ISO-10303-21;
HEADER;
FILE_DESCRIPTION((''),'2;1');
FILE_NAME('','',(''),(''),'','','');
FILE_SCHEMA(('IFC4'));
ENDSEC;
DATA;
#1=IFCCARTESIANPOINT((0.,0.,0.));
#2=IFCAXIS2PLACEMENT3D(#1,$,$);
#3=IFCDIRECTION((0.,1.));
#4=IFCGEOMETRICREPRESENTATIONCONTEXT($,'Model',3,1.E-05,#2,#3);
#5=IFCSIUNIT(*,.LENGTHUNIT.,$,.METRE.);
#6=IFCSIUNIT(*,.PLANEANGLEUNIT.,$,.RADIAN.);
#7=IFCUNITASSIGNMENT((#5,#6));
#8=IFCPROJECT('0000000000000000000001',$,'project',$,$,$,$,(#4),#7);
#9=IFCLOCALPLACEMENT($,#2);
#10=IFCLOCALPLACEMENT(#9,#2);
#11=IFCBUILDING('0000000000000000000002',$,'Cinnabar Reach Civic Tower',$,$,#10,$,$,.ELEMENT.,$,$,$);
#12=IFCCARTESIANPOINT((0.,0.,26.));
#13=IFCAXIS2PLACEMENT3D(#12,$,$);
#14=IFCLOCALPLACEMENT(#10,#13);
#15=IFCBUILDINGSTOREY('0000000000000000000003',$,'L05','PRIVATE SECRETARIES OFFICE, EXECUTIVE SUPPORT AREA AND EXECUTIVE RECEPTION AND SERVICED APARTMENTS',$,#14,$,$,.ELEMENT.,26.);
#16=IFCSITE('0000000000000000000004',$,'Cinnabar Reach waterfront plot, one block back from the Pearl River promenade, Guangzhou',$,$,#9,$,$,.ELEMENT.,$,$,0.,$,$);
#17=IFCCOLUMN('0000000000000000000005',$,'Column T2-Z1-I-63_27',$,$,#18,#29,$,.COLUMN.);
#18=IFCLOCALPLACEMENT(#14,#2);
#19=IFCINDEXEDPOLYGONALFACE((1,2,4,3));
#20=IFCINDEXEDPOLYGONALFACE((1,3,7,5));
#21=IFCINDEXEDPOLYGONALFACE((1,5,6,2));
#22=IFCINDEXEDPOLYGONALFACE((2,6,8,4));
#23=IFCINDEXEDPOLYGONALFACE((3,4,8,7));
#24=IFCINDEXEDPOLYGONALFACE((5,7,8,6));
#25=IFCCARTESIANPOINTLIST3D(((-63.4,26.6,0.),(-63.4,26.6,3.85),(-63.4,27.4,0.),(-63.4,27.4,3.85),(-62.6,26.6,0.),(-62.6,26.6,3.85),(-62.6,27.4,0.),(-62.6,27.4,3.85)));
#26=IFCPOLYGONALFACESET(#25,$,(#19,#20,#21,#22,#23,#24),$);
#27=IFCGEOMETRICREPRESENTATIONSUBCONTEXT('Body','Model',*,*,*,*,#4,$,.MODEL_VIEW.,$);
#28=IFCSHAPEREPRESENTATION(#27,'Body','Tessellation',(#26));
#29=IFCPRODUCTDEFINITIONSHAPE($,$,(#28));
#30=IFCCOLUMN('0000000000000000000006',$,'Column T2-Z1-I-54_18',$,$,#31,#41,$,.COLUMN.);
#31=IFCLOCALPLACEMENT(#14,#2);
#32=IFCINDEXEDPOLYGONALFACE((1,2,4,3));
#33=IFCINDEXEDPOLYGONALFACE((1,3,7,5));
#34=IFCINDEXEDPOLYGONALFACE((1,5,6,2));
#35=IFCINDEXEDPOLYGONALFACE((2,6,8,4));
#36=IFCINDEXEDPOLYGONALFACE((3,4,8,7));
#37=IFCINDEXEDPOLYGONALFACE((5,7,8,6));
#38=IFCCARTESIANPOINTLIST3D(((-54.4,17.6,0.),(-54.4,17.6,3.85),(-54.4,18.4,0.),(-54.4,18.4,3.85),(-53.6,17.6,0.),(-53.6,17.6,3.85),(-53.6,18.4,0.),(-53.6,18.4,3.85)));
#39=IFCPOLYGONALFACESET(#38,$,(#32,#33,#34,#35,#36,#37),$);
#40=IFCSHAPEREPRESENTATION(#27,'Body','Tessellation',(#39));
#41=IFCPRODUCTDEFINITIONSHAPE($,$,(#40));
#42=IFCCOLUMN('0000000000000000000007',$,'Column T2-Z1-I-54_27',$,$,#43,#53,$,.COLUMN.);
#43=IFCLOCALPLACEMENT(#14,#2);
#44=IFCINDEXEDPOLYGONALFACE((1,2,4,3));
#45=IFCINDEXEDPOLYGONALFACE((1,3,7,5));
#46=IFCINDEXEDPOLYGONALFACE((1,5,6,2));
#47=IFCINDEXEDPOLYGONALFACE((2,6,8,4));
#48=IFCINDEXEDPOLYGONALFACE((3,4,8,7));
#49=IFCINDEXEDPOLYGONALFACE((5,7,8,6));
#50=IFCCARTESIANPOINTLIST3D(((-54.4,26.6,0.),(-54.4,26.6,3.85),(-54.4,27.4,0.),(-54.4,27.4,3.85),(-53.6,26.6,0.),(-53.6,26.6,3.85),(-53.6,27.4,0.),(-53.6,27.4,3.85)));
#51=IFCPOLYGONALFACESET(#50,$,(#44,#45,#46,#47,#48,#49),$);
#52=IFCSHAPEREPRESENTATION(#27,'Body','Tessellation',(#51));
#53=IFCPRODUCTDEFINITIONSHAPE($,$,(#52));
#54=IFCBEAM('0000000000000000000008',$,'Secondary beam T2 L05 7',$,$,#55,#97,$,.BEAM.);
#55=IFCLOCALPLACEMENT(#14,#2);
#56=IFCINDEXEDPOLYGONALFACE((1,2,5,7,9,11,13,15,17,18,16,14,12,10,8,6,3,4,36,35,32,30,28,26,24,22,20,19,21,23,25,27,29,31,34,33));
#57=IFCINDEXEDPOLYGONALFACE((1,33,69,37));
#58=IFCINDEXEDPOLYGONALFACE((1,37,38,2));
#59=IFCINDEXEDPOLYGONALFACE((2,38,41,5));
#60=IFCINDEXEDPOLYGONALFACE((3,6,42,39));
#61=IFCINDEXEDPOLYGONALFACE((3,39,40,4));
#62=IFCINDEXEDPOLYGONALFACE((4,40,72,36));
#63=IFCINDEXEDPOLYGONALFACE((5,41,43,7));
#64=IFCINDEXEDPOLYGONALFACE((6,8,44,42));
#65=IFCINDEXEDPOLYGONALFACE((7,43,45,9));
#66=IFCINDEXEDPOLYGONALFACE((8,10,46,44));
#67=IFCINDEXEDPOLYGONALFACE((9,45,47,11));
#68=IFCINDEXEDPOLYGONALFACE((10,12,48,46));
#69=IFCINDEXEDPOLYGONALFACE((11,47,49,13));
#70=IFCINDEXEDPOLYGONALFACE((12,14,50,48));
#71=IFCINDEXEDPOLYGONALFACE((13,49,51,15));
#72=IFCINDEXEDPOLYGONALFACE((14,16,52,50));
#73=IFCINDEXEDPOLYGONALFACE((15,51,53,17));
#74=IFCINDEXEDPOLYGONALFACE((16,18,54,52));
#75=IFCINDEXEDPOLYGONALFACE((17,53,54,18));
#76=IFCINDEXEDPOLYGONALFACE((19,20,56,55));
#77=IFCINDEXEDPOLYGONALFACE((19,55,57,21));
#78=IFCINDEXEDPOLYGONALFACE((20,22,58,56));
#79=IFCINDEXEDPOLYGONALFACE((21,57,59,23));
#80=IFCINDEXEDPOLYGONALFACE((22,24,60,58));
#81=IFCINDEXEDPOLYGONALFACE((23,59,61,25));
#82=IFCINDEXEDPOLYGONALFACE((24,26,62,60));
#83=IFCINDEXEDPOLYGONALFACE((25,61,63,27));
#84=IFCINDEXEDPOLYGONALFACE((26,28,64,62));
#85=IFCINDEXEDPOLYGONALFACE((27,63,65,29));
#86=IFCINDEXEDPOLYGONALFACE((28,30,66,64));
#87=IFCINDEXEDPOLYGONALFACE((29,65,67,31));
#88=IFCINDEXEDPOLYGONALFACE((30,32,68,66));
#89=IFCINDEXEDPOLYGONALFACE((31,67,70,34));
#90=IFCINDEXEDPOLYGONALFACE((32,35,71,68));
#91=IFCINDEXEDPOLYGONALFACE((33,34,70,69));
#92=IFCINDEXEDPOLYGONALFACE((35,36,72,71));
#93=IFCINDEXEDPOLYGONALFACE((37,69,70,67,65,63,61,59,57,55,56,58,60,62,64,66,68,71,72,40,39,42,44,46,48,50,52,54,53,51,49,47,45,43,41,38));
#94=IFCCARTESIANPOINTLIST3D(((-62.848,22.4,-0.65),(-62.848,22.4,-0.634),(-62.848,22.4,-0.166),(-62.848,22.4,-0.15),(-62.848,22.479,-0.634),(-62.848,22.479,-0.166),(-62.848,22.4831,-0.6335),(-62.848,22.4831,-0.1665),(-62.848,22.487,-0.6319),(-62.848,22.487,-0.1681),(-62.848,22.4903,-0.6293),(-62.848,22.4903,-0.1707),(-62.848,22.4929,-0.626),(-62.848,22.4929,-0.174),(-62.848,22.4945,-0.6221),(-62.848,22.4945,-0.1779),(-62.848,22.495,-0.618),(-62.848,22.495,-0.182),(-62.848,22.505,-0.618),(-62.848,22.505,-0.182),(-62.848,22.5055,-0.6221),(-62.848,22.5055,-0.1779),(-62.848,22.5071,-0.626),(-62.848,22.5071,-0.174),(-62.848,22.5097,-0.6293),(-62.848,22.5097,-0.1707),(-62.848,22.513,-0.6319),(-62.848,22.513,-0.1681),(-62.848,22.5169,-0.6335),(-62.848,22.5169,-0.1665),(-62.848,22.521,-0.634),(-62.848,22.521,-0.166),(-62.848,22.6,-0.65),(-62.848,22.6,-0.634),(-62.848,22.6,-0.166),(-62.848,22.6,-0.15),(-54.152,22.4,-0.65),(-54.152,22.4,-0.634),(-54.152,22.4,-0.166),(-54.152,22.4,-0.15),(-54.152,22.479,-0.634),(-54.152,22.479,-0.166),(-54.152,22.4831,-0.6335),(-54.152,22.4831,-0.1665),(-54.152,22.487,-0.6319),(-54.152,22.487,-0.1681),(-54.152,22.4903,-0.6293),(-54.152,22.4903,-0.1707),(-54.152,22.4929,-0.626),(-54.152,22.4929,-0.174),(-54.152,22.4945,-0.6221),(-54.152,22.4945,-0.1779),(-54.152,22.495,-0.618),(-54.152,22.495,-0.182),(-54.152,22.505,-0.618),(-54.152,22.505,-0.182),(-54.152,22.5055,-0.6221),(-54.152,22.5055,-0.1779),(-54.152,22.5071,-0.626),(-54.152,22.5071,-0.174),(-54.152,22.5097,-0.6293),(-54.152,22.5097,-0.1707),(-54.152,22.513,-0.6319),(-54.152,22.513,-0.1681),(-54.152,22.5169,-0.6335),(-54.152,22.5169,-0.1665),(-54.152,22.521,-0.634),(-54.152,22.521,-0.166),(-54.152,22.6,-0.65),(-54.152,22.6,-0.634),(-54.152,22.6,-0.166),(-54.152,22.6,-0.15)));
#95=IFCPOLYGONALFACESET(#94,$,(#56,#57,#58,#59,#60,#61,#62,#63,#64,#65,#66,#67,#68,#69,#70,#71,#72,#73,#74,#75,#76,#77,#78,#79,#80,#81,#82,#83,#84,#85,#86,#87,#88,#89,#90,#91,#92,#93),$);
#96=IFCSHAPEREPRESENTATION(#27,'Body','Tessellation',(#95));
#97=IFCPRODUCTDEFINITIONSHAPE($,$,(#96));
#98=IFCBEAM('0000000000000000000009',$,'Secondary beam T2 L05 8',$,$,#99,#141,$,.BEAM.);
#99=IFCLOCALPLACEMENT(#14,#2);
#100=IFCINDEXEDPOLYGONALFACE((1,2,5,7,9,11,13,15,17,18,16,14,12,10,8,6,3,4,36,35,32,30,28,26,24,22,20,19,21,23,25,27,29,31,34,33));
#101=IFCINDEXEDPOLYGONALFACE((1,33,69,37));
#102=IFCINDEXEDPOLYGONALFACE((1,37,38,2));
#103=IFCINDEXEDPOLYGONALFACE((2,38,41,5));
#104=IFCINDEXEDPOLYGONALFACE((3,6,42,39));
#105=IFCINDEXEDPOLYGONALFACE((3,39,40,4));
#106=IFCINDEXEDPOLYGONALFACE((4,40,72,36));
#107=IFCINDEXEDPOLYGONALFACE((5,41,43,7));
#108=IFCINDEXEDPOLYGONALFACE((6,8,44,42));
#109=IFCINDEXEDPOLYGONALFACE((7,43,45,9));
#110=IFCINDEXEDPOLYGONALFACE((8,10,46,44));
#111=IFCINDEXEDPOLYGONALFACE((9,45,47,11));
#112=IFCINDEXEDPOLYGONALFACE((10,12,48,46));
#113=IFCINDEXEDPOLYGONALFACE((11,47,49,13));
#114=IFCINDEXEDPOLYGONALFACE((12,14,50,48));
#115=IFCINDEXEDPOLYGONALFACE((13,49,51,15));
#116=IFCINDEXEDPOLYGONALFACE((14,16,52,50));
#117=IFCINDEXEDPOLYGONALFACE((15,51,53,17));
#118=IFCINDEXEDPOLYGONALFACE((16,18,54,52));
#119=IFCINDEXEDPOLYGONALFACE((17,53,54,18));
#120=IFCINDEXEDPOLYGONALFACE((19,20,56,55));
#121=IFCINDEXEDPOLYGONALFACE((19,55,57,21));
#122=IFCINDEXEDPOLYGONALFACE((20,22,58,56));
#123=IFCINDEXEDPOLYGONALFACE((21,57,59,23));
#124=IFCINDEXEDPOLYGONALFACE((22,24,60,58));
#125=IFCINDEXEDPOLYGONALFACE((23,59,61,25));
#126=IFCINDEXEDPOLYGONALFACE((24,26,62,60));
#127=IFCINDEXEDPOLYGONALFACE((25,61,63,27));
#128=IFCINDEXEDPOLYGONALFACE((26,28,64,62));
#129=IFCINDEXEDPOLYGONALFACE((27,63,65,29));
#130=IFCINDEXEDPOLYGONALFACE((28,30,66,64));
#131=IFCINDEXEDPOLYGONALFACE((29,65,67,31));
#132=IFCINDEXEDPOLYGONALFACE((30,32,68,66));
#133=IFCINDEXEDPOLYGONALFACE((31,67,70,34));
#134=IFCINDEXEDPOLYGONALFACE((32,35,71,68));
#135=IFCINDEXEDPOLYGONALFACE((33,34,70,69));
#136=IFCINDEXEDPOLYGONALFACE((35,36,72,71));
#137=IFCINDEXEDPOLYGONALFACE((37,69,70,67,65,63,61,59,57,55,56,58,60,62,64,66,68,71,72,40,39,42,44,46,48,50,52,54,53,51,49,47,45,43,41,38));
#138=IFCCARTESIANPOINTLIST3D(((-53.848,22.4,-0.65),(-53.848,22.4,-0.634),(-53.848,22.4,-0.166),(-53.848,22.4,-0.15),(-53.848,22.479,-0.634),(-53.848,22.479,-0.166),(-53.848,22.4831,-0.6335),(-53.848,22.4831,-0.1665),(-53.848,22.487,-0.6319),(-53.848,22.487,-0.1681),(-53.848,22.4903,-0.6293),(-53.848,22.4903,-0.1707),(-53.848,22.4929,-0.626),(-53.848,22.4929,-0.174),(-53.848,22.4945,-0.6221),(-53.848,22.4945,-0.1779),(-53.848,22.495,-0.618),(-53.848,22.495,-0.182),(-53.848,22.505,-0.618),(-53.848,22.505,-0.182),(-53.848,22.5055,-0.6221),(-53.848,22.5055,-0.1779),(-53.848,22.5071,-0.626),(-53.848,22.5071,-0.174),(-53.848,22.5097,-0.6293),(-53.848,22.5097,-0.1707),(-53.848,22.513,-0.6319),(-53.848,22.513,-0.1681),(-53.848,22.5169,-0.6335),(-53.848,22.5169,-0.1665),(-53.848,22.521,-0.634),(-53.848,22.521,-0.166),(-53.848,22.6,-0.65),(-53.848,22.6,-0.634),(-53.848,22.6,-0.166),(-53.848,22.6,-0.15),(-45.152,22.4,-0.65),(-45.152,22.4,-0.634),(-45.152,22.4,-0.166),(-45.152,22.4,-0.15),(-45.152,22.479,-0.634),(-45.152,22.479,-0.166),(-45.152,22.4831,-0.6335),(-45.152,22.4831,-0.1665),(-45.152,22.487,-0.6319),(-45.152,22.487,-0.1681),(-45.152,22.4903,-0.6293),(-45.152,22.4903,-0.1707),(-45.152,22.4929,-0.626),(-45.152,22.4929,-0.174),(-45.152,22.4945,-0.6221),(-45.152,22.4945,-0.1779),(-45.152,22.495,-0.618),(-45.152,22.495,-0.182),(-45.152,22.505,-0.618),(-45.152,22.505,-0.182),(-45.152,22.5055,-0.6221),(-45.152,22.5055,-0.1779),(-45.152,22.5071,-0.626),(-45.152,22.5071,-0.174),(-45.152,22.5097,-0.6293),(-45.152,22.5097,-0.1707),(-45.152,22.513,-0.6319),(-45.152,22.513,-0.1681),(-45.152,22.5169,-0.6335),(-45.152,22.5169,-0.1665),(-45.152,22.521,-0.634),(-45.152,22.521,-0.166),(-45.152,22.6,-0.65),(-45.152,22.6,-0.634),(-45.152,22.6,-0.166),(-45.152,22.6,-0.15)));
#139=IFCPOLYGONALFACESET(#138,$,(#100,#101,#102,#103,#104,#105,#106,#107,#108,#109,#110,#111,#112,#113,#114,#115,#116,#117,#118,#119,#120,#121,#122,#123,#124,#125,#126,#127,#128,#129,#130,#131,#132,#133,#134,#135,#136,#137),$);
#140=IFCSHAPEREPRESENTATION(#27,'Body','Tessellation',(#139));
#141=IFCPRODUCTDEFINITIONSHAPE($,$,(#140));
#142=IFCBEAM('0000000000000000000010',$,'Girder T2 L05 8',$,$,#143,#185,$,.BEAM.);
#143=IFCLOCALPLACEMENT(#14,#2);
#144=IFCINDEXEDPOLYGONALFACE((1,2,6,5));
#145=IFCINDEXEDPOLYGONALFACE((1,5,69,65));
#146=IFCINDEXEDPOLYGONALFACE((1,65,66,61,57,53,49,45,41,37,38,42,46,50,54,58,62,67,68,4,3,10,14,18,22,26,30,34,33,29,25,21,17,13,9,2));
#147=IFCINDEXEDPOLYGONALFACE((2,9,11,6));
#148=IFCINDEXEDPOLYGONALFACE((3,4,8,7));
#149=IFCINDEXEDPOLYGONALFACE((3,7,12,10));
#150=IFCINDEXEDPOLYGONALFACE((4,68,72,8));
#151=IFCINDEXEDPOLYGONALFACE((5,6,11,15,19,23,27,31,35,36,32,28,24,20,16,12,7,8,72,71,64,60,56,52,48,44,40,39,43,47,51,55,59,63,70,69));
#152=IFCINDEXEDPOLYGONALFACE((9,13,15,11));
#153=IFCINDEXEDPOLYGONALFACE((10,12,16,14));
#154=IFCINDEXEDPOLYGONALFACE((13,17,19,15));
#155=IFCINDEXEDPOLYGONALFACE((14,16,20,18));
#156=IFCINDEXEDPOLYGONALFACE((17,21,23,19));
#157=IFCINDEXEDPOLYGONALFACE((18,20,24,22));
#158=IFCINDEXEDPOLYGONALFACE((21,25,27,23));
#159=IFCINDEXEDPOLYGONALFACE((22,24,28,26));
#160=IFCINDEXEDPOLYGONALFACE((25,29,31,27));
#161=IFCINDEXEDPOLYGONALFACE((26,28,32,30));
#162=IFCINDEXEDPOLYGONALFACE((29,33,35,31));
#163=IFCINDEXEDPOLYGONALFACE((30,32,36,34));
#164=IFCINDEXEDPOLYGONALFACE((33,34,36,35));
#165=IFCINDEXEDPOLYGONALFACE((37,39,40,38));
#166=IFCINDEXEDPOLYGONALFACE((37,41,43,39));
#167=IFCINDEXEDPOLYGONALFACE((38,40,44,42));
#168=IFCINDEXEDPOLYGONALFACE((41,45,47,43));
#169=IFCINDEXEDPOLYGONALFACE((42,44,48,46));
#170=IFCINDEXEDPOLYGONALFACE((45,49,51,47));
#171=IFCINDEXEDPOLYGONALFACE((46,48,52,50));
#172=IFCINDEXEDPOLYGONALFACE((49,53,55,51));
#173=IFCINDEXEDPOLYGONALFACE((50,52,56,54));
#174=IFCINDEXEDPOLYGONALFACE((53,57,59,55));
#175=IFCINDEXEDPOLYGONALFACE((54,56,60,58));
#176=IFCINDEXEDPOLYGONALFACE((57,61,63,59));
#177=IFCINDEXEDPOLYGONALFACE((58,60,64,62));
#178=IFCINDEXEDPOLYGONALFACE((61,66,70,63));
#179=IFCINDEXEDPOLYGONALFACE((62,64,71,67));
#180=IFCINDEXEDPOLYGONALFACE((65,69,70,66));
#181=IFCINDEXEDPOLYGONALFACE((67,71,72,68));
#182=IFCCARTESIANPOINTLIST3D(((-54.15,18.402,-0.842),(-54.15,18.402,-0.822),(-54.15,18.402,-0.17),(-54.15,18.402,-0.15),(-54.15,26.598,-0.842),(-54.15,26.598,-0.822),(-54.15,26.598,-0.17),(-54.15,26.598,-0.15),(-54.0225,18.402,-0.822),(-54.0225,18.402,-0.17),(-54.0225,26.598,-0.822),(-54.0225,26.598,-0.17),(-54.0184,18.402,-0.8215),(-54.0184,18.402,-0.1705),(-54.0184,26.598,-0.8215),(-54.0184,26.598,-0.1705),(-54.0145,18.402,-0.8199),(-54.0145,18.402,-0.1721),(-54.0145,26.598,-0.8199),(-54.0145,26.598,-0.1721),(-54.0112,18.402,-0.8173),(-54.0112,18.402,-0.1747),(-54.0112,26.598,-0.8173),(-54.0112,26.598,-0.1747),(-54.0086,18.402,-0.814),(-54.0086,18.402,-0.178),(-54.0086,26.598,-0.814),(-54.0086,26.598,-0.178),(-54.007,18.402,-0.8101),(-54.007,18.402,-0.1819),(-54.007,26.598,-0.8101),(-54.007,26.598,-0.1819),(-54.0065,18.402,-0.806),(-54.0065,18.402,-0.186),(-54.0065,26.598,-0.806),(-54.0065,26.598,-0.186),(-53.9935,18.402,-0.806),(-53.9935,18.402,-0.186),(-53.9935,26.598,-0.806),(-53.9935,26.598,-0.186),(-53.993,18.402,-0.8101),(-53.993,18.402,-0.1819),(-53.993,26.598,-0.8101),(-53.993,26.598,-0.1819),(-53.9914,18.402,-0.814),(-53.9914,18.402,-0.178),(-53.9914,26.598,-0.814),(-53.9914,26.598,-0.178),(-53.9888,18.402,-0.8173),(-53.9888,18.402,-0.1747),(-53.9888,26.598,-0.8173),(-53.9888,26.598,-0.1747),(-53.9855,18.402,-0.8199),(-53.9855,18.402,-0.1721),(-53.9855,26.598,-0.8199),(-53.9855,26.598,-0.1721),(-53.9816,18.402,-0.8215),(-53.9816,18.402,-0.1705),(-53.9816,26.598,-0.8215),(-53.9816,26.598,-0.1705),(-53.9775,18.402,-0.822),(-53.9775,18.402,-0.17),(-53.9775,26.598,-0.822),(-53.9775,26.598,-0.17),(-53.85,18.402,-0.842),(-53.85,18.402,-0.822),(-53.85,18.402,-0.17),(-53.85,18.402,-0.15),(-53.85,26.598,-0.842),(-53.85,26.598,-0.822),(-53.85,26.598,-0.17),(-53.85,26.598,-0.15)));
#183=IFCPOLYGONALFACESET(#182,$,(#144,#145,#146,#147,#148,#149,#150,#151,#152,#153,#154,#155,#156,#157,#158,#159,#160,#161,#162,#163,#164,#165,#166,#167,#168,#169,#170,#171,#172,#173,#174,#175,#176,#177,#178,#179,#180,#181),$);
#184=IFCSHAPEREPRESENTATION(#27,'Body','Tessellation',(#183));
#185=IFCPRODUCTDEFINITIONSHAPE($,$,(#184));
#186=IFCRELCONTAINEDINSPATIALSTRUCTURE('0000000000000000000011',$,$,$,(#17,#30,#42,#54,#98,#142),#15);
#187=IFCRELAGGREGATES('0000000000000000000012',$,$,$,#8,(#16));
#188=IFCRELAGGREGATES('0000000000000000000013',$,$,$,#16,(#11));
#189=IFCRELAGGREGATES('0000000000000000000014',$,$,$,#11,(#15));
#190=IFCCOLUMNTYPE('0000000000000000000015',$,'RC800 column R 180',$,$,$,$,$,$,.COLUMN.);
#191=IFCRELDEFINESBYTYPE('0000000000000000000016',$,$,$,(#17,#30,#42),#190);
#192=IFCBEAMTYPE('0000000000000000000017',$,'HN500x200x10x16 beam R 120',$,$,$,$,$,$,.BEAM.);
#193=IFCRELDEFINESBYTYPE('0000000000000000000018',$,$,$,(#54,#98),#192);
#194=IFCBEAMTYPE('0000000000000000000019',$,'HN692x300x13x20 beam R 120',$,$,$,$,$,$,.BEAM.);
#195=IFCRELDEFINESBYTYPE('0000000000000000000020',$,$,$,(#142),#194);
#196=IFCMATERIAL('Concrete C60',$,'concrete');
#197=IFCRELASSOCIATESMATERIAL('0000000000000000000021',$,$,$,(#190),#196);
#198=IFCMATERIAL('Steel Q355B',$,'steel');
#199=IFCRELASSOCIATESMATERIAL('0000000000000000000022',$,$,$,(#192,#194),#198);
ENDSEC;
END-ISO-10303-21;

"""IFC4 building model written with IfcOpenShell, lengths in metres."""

from ifc_helpers import new_model, si_unit, direction, frame, origin, origin_2d, place, context, subcontext, project, spatial, rectangle, i_section, extrude, material, material_profile, profile_set, type_object, element, save


model = new_model("IFC4")

# Units and contexts
model_context = context("Model", 3, precision=1e-05, world=origin(), true_north=direction((0.0, 1.0)))
body_context = subcontext(model_context, "Body", "Model", "MODEL_VIEW")
ifc_project = project(units=[si_unit("LENGTHUNIT", "METRE"), si_unit("PLANEANGLEUNIT", "RADIAN")], contexts=[model_context])

# Site, building, storey
site_placement = place(None, origin())
site = spatial("IfcSite", under=ifc_project, at=site_placement, Name="Cinnabar Reach waterfront plot, one block back from the Pearl River promenade, Guangzhou", CompositionType="ELEMENT", RefElevation=0.0)
building_placement = place(site_placement, origin())
building = spatial("IfcBuilding", under=site, at=building_placement, Name="Cinnabar Reach Civic Tower", CompositionType="ELEMENT")
storey_placement = place(building_placement, frame((0.0, 0.0, 26.0)))
storey = spatial("IfcBuildingStorey", under=building, at=storey_placement, Name="L05", Description="PRIVATE SECRETARIES OFFICE, EXECUTIVE SUPPORT AREA AND EXECUTIVE RECEPTION AND SERVICED APARTMENTS", CompositionType="ELEMENT", Elevation=26.0)

# Columns
ifc_material_1 = material(Name="Concrete C60", Category="concrete")
ifc_material_profile_1 = material_profile(ifc_material_1, rectangle(XDim=0.8, YDim=0.8, at=origin_2d()), Name="RC800")
ifc_profile_set_1 = profile_set([ifc_material_profile_1], Name="Concrete C60")
column_type = type_object("IfcColumnType", Name="RC800 column R 180", PredefinedType="COLUMN", material=ifc_profile_set_1)
for number, where, z_axis, x_axis, name in (
    (1, (-63.0, 27.0, 0.0), (0.0, 0.0, 1.0), (1.0, 0.0, 0.0), "Column T2-Z1-I-63_27"),
    (2, (-54.0, 18.0, 0.0), (0.0, 0.0, 1.0), (1.0, 0.0, 0.0), "Column T2-Z1-I-54_18"),
    (3, (-54.0, 27.0, 0.0), (0.0, 0.0, 1.0), (1.0, 0.0, 0.0), "Column T2-Z1-I-54_27"),
):
    element("IfcColumn", number, at=place(storey_placement, frame(where, z_axis=z_axis, x_axis=x_axis)), inside=storey, type_object=column_type, Name=name, PredefinedType="COLUMN", context=body_context, shape_type="SweptSolid", body=[
        extrude(rectangle(XDim=0.8, YDim=0.8, at=origin_2d()), origin(), (0.0, 0.0, 1.0), 3.85),
    ])

# Beams
ifc_material_2 = material(Name="Steel Q355B", Category="steel")
ifc_material_profile_2 = material_profile(ifc_material_2, i_section(OverallWidth=0.2, OverallDepth=0.5, WebThickness=0.01, FlangeThickness=0.016, FilletRadius=0.016, at=origin_2d()), Name="HN500x200x10x16")
ifc_profile_set_2 = profile_set([ifc_material_profile_2], Name="Steel Q355B")
beam_type_1 = type_object("IfcBeamType", Name="HN500x200x10x16 beam R 120", PredefinedType="BEAM", material=ifc_profile_set_2)
for number, where, z_axis, x_axis, name in (
    (4, (-62.848, 22.5, -0.4), (1.0, 0.0, 0.0), (0.0, 1.0, 0.0), "Secondary beam T2 L05 7"),
    (5, (-53.848, 22.5, -0.4), (1.0, 0.0, 0.0), (0.0, 1.0, 0.0), "Secondary beam T2 L05 8"),
):
    element("IfcBeam", number, at=place(storey_placement, frame(where, z_axis=z_axis, x_axis=x_axis)), inside=storey, type_object=beam_type_1, Name=name, PredefinedType="BEAM", context=body_context, shape_type="SweptSolid", body=[
        extrude(i_section(OverallWidth=0.2, OverallDepth=0.5, WebThickness=0.01, FlangeThickness=0.016, FilletRadius=0.016, at=origin_2d()), origin(), (0.0, 0.0, 1.0), 8.696),
    ])
ifc_material_profile_3 = material_profile(ifc_material_2, i_section(OverallWidth=0.3, OverallDepth=0.692, WebThickness=0.013, FlangeThickness=0.02, FilletRadius=0.016, at=origin_2d()), Name="HN692x300x13x20")
ifc_profile_set_3 = profile_set([ifc_material_profile_3], Name="Steel Q355B")
beam_type_2 = type_object("IfcBeamType", Name="HN692x300x13x20 beam R 120", PredefinedType="BEAM", material=ifc_profile_set_3)
beam_placement = place(storey_placement, frame((-54.0, 18.402, -0.496), z_axis=(0.0, 1.0, 0.0), x_axis=(-1.0, 0.0, 0.0)))
element("IfcBeam", 6, at=beam_placement, inside=storey, type_object=beam_type_2, Name="Girder T2 L05 8", PredefinedType="BEAM", context=body_context, shape_type="SweptSolid", body=[
    extrude(i_section(OverallWidth=0.3, OverallDepth=0.692, WebThickness=0.013, FlangeThickness=0.02, FilletRadius=0.016, at=origin_2d()), origin(), (0.0, 0.0, 1.0), 8.196),
])

save(model, "model.ifc")
